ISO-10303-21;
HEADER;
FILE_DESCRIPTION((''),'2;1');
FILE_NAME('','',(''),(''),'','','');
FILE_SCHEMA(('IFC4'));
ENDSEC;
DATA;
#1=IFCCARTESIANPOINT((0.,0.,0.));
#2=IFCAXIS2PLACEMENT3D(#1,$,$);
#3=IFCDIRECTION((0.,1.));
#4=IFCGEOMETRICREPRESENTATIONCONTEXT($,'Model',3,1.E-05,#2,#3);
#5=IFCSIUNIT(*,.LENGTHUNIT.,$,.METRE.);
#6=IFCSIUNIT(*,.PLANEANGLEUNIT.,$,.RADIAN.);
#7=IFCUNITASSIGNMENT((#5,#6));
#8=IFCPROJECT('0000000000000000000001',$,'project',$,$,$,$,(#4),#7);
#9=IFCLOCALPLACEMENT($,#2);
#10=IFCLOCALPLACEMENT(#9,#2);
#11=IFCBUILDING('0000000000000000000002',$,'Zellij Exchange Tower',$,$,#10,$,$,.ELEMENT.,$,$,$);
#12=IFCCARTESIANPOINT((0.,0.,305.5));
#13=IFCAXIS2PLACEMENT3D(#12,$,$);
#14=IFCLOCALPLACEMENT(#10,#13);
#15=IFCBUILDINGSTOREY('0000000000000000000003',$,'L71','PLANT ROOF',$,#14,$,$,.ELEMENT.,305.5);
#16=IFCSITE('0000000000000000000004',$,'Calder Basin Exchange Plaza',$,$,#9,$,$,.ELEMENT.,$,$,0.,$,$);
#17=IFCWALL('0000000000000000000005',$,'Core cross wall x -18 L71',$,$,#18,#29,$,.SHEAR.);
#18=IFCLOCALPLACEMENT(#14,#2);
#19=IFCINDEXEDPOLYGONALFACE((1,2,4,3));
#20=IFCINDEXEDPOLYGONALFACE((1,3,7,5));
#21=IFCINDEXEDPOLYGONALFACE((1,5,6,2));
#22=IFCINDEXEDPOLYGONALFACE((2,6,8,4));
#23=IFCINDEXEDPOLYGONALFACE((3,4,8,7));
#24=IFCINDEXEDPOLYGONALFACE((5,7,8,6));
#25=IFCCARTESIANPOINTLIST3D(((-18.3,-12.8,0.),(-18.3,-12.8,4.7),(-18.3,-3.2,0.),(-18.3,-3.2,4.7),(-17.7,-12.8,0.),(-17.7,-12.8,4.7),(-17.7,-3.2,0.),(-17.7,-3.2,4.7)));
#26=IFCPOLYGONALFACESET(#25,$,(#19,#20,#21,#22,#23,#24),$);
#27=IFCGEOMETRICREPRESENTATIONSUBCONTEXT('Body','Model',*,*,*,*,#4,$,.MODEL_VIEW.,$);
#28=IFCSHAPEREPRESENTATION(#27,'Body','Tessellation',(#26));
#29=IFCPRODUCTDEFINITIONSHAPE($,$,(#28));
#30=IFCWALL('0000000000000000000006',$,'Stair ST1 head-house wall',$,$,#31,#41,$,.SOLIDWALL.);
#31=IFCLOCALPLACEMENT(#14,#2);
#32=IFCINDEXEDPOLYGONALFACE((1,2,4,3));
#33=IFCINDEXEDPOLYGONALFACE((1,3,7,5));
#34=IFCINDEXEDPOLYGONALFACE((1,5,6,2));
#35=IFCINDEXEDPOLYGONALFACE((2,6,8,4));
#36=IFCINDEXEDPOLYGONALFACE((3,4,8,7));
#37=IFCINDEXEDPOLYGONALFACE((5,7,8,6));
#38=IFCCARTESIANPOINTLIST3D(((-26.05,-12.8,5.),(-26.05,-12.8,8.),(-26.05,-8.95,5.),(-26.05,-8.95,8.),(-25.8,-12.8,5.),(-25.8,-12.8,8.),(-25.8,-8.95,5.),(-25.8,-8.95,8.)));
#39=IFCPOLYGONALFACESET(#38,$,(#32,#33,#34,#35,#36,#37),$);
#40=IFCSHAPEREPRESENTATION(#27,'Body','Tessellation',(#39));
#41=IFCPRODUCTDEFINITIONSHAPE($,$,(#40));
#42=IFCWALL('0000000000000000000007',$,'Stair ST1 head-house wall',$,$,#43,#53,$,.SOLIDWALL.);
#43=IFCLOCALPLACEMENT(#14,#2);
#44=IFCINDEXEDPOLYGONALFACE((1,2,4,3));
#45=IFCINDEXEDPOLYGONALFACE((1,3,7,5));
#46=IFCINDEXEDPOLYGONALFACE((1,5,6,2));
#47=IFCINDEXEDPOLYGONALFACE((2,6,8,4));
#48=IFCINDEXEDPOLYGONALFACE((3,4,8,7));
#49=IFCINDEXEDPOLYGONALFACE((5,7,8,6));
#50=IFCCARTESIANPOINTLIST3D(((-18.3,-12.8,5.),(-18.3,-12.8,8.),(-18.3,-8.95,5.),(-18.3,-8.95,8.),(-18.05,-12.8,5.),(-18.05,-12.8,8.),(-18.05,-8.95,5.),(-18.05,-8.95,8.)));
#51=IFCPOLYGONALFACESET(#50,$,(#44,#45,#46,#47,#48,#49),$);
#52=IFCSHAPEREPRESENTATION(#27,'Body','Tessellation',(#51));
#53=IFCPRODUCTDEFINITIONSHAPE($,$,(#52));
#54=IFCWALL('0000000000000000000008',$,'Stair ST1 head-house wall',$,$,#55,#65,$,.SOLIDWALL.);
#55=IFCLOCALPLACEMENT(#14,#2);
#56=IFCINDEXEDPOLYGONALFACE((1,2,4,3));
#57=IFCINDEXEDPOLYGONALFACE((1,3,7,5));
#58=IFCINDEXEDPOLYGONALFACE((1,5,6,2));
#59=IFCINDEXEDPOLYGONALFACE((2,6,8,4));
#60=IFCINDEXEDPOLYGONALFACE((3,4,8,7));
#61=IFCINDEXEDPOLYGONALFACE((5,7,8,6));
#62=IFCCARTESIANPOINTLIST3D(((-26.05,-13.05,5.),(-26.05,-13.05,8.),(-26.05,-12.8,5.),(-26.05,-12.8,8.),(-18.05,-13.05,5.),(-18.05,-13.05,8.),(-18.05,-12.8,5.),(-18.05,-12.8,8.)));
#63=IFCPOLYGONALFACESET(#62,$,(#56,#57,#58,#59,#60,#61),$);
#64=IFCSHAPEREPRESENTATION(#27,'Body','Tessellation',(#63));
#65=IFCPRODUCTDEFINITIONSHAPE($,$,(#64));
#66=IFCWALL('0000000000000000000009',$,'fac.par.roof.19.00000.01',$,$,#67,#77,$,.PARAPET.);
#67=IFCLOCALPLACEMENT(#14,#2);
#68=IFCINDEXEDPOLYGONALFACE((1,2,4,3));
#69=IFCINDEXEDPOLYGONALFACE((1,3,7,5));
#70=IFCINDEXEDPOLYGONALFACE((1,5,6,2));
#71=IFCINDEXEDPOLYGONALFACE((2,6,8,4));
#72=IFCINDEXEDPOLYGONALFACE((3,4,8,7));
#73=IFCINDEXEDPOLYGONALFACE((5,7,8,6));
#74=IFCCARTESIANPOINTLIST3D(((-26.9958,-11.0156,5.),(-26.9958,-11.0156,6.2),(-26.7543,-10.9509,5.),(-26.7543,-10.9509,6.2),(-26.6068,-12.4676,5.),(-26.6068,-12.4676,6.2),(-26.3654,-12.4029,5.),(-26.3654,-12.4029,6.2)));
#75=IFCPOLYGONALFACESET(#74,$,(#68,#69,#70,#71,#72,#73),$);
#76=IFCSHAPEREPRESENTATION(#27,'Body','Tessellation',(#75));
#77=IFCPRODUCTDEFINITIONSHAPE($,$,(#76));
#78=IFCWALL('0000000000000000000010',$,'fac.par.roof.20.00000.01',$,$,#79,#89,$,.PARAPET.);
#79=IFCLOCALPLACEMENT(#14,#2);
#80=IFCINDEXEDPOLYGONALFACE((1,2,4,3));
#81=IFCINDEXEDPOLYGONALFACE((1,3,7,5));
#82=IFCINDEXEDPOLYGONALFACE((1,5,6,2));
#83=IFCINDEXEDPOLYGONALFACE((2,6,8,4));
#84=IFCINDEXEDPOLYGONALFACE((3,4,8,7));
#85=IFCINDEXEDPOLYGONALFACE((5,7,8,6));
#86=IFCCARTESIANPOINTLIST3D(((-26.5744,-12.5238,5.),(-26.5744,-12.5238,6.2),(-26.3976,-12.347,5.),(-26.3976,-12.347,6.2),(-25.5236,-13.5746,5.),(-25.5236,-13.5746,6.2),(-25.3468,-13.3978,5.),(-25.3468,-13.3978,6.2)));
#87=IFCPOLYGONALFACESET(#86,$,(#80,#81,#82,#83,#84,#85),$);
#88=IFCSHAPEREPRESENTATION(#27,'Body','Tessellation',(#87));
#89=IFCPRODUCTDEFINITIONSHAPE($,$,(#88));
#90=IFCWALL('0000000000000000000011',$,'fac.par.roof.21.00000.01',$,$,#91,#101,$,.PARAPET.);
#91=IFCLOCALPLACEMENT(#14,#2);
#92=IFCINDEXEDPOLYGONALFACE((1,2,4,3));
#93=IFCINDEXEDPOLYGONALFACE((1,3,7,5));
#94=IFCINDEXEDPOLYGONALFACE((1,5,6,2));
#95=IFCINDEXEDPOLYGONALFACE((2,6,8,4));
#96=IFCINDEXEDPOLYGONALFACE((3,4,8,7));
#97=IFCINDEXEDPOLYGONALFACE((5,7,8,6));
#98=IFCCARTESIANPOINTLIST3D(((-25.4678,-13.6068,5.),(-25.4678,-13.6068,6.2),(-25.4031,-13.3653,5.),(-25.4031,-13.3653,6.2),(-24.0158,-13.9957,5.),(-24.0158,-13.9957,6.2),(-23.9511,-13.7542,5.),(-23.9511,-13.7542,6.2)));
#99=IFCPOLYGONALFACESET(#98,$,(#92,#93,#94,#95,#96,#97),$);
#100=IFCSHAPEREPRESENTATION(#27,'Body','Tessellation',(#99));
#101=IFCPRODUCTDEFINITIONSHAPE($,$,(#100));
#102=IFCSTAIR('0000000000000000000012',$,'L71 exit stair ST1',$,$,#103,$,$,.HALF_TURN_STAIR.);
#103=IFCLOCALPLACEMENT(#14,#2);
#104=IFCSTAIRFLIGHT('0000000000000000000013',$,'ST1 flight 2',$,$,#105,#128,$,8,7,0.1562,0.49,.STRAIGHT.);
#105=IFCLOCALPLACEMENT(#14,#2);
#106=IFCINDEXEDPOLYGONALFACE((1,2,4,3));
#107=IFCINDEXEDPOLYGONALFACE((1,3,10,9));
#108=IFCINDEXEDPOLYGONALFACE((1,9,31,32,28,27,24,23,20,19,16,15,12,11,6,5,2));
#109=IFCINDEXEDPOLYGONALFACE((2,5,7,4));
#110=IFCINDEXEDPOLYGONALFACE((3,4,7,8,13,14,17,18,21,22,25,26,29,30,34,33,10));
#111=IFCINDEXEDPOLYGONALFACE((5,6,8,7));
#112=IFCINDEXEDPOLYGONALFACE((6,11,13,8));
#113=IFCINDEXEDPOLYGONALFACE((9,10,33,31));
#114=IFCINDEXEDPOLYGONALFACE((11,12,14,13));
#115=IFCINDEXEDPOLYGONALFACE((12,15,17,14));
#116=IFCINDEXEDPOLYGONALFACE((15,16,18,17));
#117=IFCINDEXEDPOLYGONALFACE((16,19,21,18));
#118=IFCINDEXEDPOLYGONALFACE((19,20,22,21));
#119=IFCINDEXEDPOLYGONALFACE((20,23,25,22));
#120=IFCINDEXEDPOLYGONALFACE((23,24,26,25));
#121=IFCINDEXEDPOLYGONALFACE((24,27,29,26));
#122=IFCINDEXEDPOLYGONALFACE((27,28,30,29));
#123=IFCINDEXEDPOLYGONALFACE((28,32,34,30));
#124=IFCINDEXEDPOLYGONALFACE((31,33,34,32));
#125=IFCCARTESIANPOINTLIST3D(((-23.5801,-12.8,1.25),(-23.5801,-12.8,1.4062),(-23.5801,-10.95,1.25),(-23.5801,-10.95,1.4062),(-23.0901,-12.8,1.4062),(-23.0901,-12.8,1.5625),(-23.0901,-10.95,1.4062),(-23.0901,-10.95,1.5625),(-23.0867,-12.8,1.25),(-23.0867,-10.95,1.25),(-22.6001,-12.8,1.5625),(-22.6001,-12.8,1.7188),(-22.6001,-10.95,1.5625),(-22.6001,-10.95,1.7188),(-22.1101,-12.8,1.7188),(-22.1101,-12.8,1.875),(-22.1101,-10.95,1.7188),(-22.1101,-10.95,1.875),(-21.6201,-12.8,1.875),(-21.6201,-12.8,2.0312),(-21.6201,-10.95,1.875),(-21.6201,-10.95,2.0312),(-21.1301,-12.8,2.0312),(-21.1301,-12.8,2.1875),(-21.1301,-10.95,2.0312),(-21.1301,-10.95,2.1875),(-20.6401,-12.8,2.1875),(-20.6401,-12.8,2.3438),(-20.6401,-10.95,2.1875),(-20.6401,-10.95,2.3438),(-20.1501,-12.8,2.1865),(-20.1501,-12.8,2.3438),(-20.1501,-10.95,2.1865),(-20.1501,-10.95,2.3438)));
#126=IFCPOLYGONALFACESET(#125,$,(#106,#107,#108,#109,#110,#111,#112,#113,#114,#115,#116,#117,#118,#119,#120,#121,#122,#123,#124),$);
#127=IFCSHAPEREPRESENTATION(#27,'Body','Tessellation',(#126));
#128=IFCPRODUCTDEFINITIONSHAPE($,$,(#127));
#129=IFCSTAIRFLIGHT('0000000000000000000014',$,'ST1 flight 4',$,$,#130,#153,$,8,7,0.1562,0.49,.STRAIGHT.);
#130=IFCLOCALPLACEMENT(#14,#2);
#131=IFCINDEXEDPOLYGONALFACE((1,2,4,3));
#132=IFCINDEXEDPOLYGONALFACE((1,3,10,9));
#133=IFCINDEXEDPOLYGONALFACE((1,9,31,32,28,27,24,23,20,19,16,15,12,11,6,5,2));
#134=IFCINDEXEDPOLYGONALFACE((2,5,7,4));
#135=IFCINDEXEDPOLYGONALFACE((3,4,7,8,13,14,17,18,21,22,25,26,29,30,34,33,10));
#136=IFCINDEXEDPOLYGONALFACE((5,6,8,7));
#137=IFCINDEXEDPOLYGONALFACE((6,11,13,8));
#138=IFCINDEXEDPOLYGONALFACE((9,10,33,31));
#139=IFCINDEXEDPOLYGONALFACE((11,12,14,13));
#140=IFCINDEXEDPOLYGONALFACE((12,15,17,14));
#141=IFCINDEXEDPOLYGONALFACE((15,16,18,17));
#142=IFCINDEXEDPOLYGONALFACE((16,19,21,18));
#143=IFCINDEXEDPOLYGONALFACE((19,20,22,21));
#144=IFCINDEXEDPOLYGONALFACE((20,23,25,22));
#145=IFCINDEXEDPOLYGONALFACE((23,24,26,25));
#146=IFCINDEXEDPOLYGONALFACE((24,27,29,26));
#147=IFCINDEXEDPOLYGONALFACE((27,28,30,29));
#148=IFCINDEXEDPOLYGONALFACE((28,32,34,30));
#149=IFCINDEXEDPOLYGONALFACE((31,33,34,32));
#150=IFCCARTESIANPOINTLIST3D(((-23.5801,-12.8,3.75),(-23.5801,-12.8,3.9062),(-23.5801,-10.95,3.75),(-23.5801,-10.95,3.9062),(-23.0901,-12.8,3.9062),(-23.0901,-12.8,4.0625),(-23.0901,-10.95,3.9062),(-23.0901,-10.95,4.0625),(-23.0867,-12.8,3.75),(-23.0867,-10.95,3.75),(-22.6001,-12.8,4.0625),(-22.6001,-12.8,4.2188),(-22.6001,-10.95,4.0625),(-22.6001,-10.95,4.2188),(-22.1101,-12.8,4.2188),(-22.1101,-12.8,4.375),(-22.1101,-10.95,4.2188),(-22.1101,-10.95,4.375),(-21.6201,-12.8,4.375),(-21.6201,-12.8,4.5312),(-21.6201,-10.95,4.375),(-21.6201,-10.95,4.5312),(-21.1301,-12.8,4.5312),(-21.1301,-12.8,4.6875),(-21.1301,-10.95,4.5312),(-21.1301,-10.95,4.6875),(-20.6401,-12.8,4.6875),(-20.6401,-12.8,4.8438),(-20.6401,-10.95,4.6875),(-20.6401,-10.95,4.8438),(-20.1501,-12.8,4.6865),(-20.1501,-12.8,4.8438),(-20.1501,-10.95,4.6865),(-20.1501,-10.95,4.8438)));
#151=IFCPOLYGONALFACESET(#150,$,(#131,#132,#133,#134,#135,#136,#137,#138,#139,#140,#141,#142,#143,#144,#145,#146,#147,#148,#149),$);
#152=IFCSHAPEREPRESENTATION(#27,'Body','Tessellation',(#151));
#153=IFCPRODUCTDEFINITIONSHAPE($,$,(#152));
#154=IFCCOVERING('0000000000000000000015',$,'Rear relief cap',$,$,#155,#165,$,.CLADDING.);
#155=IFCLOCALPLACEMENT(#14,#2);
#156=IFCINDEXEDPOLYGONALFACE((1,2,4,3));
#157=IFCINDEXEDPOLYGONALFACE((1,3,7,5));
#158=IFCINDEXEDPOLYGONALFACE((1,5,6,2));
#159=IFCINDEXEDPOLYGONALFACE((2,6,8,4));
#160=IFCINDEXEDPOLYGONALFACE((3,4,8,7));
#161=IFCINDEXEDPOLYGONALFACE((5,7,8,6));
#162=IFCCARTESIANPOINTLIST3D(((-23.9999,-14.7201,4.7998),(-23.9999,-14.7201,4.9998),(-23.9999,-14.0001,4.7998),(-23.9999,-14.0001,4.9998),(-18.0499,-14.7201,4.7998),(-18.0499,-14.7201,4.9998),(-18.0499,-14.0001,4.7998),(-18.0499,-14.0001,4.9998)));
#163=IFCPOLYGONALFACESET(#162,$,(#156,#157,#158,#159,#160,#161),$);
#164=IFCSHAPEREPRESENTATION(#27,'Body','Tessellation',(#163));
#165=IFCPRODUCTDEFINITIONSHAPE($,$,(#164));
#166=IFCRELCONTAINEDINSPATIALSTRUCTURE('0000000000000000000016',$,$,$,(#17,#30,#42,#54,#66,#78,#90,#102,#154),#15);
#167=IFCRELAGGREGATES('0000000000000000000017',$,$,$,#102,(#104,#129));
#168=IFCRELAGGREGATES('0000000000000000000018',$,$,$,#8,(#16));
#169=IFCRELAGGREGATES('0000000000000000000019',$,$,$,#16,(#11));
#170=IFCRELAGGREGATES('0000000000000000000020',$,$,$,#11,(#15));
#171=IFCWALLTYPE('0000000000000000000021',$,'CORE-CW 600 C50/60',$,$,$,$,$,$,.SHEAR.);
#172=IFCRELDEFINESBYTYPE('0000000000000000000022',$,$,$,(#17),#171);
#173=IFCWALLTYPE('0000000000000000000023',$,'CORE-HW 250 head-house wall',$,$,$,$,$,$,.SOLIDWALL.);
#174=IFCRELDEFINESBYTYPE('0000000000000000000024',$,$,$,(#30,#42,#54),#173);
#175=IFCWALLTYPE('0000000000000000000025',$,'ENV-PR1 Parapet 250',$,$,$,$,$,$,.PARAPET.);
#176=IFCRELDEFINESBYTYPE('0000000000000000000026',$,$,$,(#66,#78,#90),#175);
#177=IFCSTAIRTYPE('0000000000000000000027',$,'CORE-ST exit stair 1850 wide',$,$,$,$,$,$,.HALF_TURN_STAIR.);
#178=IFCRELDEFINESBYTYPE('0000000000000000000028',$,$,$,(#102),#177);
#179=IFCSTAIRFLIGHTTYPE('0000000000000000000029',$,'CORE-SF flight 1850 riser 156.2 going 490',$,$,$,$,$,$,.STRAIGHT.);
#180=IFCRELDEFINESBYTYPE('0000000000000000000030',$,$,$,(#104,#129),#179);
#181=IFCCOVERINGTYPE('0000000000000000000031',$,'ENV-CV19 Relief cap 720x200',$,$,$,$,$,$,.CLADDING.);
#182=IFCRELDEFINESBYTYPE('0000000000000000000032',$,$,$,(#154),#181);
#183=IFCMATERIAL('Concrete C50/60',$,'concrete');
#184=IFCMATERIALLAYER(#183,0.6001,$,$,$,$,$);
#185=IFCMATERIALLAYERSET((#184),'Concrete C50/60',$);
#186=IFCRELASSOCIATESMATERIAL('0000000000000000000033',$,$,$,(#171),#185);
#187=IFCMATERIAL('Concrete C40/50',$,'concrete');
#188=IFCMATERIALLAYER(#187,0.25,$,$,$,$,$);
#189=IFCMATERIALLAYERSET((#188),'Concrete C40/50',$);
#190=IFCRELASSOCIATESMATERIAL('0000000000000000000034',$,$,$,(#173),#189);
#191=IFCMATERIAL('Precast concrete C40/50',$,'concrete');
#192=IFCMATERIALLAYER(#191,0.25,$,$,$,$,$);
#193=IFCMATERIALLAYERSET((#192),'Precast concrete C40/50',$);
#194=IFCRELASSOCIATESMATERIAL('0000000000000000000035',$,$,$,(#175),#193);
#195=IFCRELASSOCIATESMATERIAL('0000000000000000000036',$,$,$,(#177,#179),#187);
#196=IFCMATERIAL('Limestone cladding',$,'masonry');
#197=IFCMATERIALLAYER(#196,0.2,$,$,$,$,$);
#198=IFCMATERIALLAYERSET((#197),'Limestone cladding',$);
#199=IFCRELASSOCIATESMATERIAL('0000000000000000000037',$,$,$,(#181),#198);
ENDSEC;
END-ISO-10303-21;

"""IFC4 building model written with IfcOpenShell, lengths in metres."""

from ifc_helpers import new_model, si_unit, direction, frame, frame_2d, origin, origin_2d, place, context, subcontext, project, spatial, polyline, rectangle, outline, extrude, material, layer, layer_set, type_object, element, aggregate, save


model = new_model("IFC4")

# Units and contexts
model_context = context("Model", 3, precision=1e-05, world=origin(), true_north=direction((0.0, 1.0)))
body_context = subcontext(model_context, "Body", "Model", "MODEL_VIEW")
ifc_project = project(units=[si_unit("LENGTHUNIT", "METRE"), si_unit("PLANEANGLEUNIT", "RADIAN")], contexts=[model_context])

# Site, building, storey
site_placement = place(None, origin())
site = spatial("IfcSite", under=ifc_project, at=site_placement, Name="Calder Basin Exchange Plaza", CompositionType="ELEMENT", RefElevation=0.0)
building_placement = place(site_placement, origin())
building = spatial("IfcBuilding", under=site, at=building_placement, Name="Zellij Exchange Tower", CompositionType="ELEMENT")
storey_placement = place(building_placement, frame((0.0, 0.0, 305.5)))
storey = spatial("IfcBuildingStorey", under=building, at=storey_placement, Name="L71", Description="PLANT ROOF", CompositionType="ELEMENT", Elevation=305.5)

# Walls
ifc_material_1 = material(Name="Concrete C50/60", Category="concrete")
ifc_layer_1 = layer(ifc_material_1, 0.6001)
ifc_layer_set_1 = layer_set([ifc_layer_1], Name="Concrete C50/60")
wall_type_1 = type_object("IfcWallType", Name="CORE-CW 600 C50/60", PredefinedType="SHEAR", material=ifc_layer_set_1)
wall_1_placement = place(storey_placement, frame((-18.0, -12.8, 0.0), z_axis=(0.0, 0.0, 1.0), x_axis=(0.0, 1.0, 0.0)))
element("IfcWall", 1, at=wall_1_placement, inside=storey, type_object=wall_type_1, Name="Core cross wall x -18 L71", PredefinedType="SHEAR", context=body_context, shape_type="SweptSolid", body=[
    extrude(rectangle(XDim=9.6001, YDim=0.6001, at=frame_2d((4.8, 0.0))), origin(), (0.0, 0.0, 1.0), 4.7),
])
ifc_material_2 = material(Name="Concrete C40/50", Category="concrete")
ifc_layer_2 = layer(ifc_material_2, 0.25)
ifc_layer_set_2 = layer_set([ifc_layer_2], Name="Concrete C40/50")
wall_type_2 = type_object("IfcWallType", Name="CORE-HW 250 head-house wall", PredefinedType="SOLIDWALL", material=ifc_layer_set_2)
for number, where, z_axis, x_axis, name in (
    (2, (-25.925, -12.8, 5.0), (0.0, 0.0, 1.0), (0.0, 1.0, 0.0), "Stair ST1 head-house wall"),
    (3, (-18.175, -12.8, 5.0), (0.0, 0.0, 1.0), (0.0, 1.0, 0.0), "Stair ST1 head-house wall"),
):
    element("IfcWall", number, at=place(storey_placement, frame(where, z_axis=z_axis, x_axis=x_axis)), inside=storey, type_object=wall_type_2, Name=name, PredefinedType="SOLIDWALL", context=body_context, shape_type="SweptSolid", body=[
        extrude(rectangle(XDim=3.8501, YDim=0.25, at=frame_2d((1.925, 0.0))), origin(), (0.0, 0.0, 1.0), 3.0),
    ])
wall_2_placement = place(storey_placement, frame((-26.05, -12.925, 5.0), z_axis=(0.0, 0.0, 1.0), x_axis=(1.0, 0.0, 0.0)))
element("IfcWall", 4, at=wall_2_placement, inside=storey, type_object=wall_type_2, Name="Stair ST1 head-house wall", PredefinedType="SOLIDWALL", context=body_context, shape_type="SweptSolid", body=[
    extrude(rectangle(XDim=8.0, YDim=0.25, at=frame_2d((4.0, 0.0))), origin(), (0.0, 0.0, 1.0), 3.0),
])
ifc_material_3 = material(Name="Precast concrete C40/50", Category="concrete")
ifc_layer_3 = layer(ifc_material_3, 0.25)
ifc_layer_set_3 = layer_set([ifc_layer_3], Name="Precast concrete C40/50")
wall_type_3 = type_object("IfcWallType", Name="ENV-PR1 Parapet 250", PredefinedType="PARAPET", material=ifc_layer_set_3)
wall_3_placement = place(storey_placement, frame((-26.875, -10.9834, 5.0), z_axis=(0.0, 0.0, 1.0), x_axis=(0.258744, -0.965946, 0.0)))
element("IfcWall", 5, at=wall_3_placement, inside=storey, type_object=wall_type_3, Name="fac.par.roof.19.00000.01", PredefinedType="PARAPET", context=body_context, shape_type="SweptSolid", body=[
    extrude(rectangle(XDim=1.5032, YDim=0.25, at=frame_2d((0.7515, 0.0))), origin(), (0.0, 0.0, 1.0), 1.2),
])
wall_4_placement = place(storey_placement, frame((-26.4861, -12.4353, 5.0), z_axis=(0.0, 0.0, 1.0), x_axis=(0.707107, -0.707107, 0.0)))
element("IfcWall", 6, at=wall_4_placement, inside=storey, type_object=wall_type_3, Name="fac.par.roof.20.00000.01", PredefinedType="PARAPET", context=body_context, shape_type="SweptSolid", body=[
    extrude(rectangle(XDim=1.4861, YDim=0.25, at=frame_2d((0.7432, 0.0))), origin(), (0.0, 0.0, 1.0), 1.2),
])
wall_5_placement = place(storey_placement, frame((-25.4353, -13.4861, 5.0), z_axis=(0.0, 0.0, 1.0), x_axis=(0.965946, -0.258744, 0.0)))
element("IfcWall", 7, at=wall_5_placement, inside=storey, type_object=wall_type_3, Name="fac.par.roof.21.00000.01", PredefinedType="PARAPET", context=body_context, shape_type="SweptSolid", body=[
    extrude(rectangle(XDim=1.5032, YDim=0.25, at=frame_2d((0.7515, 0.0))), origin(), (0.0, 0.0, 1.0), 1.2),
])

# Stair, stair flights
stair_type = type_object("IfcStairType", Name="CORE-ST exit stair 1850 wide", PredefinedType="HALF_TURN_STAIR", material=ifc_material_2)
stair_placement = place(storey_placement, origin())
stair = element("IfcStair", 8, at=stair_placement, inside=storey, type_object=stair_type, Name="L71 exit stair ST1", PredefinedType="HALF_TURN_STAIR")
stair_flight_type = type_object("IfcStairFlightType", Name="CORE-SF flight 1850 riser 156.2 going 490", PredefinedType="STRAIGHT", material=ifc_material_2)
stair_flight_1_placement = place(storey_placement, frame((-23.5801, -11.875, 1.25), z_axis=(0.0, 0.0, 1.0), x_axis=(1.0, 0.0, 0.0)))
stair_flight_1 = element("IfcStairFlight", 9, at=stair_flight_1_placement, type_object=stair_flight_type, Name="ST1 flight 2", NumberOfRisers=8, NumberOfTreads=7, PredefinedType="STRAIGHT", RiserHeight=0.1562, TreadLength=0.49, context=body_context, shape_type="SweptSolid", body=[
    extrude(outline(polyline([(0.0, 0.0), (0.0, 0.1562), (0.49, 0.1562), (0.49, 0.3125), (0.98, 0.3125), (0.98, 0.4688), (1.47, 0.4688), (1.47, 0.625), (1.96, 0.625), (1.96, 0.7812), (2.45, 0.7812), (2.45, 0.9375), (2.9399, 0.9375), (2.9399, 1.0938), (3.4299, 1.0938), (3.4299, 1.25), (3.4299, 0.9365), (0.4934, 0.0), (0.0, 0.0)])), frame((0.0, 0.925, 0.0), z_axis=(0.0, -1.0, 0.0), x_axis=(1.0, 0.0, 0.0)), (0.0, 0.0, 1.0), 1.8501),
])
stair_flight_2_placement = place(storey_placement, frame((-23.5801, -11.875, 3.75), z_axis=(0.0, 0.0, 1.0), x_axis=(1.0, 0.0, 0.0)))
stair_flight_2 = element("IfcStairFlight", 10, at=stair_flight_2_placement, type_object=stair_flight_type, Name="ST1 flight 4", NumberOfRisers=8, NumberOfTreads=7, PredefinedType="STRAIGHT", RiserHeight=0.1562, TreadLength=0.49, context=body_context, shape_type="SweptSolid", body=[
    extrude(outline(polyline([(0.0, 0.0), (0.0, 0.1562), (0.49, 0.1562), (0.49, 0.3125), (0.98, 0.3125), (0.98, 0.4688), (1.47, 0.4688), (1.47, 0.625), (1.96, 0.625), (1.96, 0.7812), (2.45, 0.7812), (2.45, 0.9375), (2.9399, 0.9375), (2.9399, 1.0938), (3.4299, 1.0938), (3.4299, 1.25), (3.4299, 0.9365), (0.4934, 0.0), (0.0, 0.0)])), frame((0.0, 0.925, 0.0), z_axis=(0.0, -1.0, 0.0), x_axis=(1.0, 0.0, 0.0)), (0.0, 0.0, 1.0), 1.8501),
])
aggregate(stair, [stair_flight_1, stair_flight_2])

# Covering
ifc_material_4 = material(Name="Limestone cladding", Category="masonry")
ifc_layer_4 = layer(ifc_material_4, 0.2)
ifc_layer_set_4 = layer_set([ifc_layer_4], Name="Limestone cladding")
covering_type_1 = type_object("IfcCoveringType", Name="ENV-CV19 Relief cap 720x200", PredefinedType="CLADDING", material=ifc_layer_set_4)
covering_1_placement = place(storey_placement, frame((-21.0249, -14.3601, 4.7998), z_axis=(0.0, 0.0, 1.0), x_axis=(1.0, 0.0, 0.0)))
element("IfcCovering", 11, at=covering_1_placement, inside=storey, type_object=covering_type_1, Name="Rear relief cap", PredefinedType="CLADDING", context=body_context, shape_type="SweptSolid", body=[
    extrude(rectangle(XDim=5.95, YDim=0.72, at=origin_2d()), origin(), (0.0, 0.0, 1.0), 0.2),
])

save(model, "model.ifc")
